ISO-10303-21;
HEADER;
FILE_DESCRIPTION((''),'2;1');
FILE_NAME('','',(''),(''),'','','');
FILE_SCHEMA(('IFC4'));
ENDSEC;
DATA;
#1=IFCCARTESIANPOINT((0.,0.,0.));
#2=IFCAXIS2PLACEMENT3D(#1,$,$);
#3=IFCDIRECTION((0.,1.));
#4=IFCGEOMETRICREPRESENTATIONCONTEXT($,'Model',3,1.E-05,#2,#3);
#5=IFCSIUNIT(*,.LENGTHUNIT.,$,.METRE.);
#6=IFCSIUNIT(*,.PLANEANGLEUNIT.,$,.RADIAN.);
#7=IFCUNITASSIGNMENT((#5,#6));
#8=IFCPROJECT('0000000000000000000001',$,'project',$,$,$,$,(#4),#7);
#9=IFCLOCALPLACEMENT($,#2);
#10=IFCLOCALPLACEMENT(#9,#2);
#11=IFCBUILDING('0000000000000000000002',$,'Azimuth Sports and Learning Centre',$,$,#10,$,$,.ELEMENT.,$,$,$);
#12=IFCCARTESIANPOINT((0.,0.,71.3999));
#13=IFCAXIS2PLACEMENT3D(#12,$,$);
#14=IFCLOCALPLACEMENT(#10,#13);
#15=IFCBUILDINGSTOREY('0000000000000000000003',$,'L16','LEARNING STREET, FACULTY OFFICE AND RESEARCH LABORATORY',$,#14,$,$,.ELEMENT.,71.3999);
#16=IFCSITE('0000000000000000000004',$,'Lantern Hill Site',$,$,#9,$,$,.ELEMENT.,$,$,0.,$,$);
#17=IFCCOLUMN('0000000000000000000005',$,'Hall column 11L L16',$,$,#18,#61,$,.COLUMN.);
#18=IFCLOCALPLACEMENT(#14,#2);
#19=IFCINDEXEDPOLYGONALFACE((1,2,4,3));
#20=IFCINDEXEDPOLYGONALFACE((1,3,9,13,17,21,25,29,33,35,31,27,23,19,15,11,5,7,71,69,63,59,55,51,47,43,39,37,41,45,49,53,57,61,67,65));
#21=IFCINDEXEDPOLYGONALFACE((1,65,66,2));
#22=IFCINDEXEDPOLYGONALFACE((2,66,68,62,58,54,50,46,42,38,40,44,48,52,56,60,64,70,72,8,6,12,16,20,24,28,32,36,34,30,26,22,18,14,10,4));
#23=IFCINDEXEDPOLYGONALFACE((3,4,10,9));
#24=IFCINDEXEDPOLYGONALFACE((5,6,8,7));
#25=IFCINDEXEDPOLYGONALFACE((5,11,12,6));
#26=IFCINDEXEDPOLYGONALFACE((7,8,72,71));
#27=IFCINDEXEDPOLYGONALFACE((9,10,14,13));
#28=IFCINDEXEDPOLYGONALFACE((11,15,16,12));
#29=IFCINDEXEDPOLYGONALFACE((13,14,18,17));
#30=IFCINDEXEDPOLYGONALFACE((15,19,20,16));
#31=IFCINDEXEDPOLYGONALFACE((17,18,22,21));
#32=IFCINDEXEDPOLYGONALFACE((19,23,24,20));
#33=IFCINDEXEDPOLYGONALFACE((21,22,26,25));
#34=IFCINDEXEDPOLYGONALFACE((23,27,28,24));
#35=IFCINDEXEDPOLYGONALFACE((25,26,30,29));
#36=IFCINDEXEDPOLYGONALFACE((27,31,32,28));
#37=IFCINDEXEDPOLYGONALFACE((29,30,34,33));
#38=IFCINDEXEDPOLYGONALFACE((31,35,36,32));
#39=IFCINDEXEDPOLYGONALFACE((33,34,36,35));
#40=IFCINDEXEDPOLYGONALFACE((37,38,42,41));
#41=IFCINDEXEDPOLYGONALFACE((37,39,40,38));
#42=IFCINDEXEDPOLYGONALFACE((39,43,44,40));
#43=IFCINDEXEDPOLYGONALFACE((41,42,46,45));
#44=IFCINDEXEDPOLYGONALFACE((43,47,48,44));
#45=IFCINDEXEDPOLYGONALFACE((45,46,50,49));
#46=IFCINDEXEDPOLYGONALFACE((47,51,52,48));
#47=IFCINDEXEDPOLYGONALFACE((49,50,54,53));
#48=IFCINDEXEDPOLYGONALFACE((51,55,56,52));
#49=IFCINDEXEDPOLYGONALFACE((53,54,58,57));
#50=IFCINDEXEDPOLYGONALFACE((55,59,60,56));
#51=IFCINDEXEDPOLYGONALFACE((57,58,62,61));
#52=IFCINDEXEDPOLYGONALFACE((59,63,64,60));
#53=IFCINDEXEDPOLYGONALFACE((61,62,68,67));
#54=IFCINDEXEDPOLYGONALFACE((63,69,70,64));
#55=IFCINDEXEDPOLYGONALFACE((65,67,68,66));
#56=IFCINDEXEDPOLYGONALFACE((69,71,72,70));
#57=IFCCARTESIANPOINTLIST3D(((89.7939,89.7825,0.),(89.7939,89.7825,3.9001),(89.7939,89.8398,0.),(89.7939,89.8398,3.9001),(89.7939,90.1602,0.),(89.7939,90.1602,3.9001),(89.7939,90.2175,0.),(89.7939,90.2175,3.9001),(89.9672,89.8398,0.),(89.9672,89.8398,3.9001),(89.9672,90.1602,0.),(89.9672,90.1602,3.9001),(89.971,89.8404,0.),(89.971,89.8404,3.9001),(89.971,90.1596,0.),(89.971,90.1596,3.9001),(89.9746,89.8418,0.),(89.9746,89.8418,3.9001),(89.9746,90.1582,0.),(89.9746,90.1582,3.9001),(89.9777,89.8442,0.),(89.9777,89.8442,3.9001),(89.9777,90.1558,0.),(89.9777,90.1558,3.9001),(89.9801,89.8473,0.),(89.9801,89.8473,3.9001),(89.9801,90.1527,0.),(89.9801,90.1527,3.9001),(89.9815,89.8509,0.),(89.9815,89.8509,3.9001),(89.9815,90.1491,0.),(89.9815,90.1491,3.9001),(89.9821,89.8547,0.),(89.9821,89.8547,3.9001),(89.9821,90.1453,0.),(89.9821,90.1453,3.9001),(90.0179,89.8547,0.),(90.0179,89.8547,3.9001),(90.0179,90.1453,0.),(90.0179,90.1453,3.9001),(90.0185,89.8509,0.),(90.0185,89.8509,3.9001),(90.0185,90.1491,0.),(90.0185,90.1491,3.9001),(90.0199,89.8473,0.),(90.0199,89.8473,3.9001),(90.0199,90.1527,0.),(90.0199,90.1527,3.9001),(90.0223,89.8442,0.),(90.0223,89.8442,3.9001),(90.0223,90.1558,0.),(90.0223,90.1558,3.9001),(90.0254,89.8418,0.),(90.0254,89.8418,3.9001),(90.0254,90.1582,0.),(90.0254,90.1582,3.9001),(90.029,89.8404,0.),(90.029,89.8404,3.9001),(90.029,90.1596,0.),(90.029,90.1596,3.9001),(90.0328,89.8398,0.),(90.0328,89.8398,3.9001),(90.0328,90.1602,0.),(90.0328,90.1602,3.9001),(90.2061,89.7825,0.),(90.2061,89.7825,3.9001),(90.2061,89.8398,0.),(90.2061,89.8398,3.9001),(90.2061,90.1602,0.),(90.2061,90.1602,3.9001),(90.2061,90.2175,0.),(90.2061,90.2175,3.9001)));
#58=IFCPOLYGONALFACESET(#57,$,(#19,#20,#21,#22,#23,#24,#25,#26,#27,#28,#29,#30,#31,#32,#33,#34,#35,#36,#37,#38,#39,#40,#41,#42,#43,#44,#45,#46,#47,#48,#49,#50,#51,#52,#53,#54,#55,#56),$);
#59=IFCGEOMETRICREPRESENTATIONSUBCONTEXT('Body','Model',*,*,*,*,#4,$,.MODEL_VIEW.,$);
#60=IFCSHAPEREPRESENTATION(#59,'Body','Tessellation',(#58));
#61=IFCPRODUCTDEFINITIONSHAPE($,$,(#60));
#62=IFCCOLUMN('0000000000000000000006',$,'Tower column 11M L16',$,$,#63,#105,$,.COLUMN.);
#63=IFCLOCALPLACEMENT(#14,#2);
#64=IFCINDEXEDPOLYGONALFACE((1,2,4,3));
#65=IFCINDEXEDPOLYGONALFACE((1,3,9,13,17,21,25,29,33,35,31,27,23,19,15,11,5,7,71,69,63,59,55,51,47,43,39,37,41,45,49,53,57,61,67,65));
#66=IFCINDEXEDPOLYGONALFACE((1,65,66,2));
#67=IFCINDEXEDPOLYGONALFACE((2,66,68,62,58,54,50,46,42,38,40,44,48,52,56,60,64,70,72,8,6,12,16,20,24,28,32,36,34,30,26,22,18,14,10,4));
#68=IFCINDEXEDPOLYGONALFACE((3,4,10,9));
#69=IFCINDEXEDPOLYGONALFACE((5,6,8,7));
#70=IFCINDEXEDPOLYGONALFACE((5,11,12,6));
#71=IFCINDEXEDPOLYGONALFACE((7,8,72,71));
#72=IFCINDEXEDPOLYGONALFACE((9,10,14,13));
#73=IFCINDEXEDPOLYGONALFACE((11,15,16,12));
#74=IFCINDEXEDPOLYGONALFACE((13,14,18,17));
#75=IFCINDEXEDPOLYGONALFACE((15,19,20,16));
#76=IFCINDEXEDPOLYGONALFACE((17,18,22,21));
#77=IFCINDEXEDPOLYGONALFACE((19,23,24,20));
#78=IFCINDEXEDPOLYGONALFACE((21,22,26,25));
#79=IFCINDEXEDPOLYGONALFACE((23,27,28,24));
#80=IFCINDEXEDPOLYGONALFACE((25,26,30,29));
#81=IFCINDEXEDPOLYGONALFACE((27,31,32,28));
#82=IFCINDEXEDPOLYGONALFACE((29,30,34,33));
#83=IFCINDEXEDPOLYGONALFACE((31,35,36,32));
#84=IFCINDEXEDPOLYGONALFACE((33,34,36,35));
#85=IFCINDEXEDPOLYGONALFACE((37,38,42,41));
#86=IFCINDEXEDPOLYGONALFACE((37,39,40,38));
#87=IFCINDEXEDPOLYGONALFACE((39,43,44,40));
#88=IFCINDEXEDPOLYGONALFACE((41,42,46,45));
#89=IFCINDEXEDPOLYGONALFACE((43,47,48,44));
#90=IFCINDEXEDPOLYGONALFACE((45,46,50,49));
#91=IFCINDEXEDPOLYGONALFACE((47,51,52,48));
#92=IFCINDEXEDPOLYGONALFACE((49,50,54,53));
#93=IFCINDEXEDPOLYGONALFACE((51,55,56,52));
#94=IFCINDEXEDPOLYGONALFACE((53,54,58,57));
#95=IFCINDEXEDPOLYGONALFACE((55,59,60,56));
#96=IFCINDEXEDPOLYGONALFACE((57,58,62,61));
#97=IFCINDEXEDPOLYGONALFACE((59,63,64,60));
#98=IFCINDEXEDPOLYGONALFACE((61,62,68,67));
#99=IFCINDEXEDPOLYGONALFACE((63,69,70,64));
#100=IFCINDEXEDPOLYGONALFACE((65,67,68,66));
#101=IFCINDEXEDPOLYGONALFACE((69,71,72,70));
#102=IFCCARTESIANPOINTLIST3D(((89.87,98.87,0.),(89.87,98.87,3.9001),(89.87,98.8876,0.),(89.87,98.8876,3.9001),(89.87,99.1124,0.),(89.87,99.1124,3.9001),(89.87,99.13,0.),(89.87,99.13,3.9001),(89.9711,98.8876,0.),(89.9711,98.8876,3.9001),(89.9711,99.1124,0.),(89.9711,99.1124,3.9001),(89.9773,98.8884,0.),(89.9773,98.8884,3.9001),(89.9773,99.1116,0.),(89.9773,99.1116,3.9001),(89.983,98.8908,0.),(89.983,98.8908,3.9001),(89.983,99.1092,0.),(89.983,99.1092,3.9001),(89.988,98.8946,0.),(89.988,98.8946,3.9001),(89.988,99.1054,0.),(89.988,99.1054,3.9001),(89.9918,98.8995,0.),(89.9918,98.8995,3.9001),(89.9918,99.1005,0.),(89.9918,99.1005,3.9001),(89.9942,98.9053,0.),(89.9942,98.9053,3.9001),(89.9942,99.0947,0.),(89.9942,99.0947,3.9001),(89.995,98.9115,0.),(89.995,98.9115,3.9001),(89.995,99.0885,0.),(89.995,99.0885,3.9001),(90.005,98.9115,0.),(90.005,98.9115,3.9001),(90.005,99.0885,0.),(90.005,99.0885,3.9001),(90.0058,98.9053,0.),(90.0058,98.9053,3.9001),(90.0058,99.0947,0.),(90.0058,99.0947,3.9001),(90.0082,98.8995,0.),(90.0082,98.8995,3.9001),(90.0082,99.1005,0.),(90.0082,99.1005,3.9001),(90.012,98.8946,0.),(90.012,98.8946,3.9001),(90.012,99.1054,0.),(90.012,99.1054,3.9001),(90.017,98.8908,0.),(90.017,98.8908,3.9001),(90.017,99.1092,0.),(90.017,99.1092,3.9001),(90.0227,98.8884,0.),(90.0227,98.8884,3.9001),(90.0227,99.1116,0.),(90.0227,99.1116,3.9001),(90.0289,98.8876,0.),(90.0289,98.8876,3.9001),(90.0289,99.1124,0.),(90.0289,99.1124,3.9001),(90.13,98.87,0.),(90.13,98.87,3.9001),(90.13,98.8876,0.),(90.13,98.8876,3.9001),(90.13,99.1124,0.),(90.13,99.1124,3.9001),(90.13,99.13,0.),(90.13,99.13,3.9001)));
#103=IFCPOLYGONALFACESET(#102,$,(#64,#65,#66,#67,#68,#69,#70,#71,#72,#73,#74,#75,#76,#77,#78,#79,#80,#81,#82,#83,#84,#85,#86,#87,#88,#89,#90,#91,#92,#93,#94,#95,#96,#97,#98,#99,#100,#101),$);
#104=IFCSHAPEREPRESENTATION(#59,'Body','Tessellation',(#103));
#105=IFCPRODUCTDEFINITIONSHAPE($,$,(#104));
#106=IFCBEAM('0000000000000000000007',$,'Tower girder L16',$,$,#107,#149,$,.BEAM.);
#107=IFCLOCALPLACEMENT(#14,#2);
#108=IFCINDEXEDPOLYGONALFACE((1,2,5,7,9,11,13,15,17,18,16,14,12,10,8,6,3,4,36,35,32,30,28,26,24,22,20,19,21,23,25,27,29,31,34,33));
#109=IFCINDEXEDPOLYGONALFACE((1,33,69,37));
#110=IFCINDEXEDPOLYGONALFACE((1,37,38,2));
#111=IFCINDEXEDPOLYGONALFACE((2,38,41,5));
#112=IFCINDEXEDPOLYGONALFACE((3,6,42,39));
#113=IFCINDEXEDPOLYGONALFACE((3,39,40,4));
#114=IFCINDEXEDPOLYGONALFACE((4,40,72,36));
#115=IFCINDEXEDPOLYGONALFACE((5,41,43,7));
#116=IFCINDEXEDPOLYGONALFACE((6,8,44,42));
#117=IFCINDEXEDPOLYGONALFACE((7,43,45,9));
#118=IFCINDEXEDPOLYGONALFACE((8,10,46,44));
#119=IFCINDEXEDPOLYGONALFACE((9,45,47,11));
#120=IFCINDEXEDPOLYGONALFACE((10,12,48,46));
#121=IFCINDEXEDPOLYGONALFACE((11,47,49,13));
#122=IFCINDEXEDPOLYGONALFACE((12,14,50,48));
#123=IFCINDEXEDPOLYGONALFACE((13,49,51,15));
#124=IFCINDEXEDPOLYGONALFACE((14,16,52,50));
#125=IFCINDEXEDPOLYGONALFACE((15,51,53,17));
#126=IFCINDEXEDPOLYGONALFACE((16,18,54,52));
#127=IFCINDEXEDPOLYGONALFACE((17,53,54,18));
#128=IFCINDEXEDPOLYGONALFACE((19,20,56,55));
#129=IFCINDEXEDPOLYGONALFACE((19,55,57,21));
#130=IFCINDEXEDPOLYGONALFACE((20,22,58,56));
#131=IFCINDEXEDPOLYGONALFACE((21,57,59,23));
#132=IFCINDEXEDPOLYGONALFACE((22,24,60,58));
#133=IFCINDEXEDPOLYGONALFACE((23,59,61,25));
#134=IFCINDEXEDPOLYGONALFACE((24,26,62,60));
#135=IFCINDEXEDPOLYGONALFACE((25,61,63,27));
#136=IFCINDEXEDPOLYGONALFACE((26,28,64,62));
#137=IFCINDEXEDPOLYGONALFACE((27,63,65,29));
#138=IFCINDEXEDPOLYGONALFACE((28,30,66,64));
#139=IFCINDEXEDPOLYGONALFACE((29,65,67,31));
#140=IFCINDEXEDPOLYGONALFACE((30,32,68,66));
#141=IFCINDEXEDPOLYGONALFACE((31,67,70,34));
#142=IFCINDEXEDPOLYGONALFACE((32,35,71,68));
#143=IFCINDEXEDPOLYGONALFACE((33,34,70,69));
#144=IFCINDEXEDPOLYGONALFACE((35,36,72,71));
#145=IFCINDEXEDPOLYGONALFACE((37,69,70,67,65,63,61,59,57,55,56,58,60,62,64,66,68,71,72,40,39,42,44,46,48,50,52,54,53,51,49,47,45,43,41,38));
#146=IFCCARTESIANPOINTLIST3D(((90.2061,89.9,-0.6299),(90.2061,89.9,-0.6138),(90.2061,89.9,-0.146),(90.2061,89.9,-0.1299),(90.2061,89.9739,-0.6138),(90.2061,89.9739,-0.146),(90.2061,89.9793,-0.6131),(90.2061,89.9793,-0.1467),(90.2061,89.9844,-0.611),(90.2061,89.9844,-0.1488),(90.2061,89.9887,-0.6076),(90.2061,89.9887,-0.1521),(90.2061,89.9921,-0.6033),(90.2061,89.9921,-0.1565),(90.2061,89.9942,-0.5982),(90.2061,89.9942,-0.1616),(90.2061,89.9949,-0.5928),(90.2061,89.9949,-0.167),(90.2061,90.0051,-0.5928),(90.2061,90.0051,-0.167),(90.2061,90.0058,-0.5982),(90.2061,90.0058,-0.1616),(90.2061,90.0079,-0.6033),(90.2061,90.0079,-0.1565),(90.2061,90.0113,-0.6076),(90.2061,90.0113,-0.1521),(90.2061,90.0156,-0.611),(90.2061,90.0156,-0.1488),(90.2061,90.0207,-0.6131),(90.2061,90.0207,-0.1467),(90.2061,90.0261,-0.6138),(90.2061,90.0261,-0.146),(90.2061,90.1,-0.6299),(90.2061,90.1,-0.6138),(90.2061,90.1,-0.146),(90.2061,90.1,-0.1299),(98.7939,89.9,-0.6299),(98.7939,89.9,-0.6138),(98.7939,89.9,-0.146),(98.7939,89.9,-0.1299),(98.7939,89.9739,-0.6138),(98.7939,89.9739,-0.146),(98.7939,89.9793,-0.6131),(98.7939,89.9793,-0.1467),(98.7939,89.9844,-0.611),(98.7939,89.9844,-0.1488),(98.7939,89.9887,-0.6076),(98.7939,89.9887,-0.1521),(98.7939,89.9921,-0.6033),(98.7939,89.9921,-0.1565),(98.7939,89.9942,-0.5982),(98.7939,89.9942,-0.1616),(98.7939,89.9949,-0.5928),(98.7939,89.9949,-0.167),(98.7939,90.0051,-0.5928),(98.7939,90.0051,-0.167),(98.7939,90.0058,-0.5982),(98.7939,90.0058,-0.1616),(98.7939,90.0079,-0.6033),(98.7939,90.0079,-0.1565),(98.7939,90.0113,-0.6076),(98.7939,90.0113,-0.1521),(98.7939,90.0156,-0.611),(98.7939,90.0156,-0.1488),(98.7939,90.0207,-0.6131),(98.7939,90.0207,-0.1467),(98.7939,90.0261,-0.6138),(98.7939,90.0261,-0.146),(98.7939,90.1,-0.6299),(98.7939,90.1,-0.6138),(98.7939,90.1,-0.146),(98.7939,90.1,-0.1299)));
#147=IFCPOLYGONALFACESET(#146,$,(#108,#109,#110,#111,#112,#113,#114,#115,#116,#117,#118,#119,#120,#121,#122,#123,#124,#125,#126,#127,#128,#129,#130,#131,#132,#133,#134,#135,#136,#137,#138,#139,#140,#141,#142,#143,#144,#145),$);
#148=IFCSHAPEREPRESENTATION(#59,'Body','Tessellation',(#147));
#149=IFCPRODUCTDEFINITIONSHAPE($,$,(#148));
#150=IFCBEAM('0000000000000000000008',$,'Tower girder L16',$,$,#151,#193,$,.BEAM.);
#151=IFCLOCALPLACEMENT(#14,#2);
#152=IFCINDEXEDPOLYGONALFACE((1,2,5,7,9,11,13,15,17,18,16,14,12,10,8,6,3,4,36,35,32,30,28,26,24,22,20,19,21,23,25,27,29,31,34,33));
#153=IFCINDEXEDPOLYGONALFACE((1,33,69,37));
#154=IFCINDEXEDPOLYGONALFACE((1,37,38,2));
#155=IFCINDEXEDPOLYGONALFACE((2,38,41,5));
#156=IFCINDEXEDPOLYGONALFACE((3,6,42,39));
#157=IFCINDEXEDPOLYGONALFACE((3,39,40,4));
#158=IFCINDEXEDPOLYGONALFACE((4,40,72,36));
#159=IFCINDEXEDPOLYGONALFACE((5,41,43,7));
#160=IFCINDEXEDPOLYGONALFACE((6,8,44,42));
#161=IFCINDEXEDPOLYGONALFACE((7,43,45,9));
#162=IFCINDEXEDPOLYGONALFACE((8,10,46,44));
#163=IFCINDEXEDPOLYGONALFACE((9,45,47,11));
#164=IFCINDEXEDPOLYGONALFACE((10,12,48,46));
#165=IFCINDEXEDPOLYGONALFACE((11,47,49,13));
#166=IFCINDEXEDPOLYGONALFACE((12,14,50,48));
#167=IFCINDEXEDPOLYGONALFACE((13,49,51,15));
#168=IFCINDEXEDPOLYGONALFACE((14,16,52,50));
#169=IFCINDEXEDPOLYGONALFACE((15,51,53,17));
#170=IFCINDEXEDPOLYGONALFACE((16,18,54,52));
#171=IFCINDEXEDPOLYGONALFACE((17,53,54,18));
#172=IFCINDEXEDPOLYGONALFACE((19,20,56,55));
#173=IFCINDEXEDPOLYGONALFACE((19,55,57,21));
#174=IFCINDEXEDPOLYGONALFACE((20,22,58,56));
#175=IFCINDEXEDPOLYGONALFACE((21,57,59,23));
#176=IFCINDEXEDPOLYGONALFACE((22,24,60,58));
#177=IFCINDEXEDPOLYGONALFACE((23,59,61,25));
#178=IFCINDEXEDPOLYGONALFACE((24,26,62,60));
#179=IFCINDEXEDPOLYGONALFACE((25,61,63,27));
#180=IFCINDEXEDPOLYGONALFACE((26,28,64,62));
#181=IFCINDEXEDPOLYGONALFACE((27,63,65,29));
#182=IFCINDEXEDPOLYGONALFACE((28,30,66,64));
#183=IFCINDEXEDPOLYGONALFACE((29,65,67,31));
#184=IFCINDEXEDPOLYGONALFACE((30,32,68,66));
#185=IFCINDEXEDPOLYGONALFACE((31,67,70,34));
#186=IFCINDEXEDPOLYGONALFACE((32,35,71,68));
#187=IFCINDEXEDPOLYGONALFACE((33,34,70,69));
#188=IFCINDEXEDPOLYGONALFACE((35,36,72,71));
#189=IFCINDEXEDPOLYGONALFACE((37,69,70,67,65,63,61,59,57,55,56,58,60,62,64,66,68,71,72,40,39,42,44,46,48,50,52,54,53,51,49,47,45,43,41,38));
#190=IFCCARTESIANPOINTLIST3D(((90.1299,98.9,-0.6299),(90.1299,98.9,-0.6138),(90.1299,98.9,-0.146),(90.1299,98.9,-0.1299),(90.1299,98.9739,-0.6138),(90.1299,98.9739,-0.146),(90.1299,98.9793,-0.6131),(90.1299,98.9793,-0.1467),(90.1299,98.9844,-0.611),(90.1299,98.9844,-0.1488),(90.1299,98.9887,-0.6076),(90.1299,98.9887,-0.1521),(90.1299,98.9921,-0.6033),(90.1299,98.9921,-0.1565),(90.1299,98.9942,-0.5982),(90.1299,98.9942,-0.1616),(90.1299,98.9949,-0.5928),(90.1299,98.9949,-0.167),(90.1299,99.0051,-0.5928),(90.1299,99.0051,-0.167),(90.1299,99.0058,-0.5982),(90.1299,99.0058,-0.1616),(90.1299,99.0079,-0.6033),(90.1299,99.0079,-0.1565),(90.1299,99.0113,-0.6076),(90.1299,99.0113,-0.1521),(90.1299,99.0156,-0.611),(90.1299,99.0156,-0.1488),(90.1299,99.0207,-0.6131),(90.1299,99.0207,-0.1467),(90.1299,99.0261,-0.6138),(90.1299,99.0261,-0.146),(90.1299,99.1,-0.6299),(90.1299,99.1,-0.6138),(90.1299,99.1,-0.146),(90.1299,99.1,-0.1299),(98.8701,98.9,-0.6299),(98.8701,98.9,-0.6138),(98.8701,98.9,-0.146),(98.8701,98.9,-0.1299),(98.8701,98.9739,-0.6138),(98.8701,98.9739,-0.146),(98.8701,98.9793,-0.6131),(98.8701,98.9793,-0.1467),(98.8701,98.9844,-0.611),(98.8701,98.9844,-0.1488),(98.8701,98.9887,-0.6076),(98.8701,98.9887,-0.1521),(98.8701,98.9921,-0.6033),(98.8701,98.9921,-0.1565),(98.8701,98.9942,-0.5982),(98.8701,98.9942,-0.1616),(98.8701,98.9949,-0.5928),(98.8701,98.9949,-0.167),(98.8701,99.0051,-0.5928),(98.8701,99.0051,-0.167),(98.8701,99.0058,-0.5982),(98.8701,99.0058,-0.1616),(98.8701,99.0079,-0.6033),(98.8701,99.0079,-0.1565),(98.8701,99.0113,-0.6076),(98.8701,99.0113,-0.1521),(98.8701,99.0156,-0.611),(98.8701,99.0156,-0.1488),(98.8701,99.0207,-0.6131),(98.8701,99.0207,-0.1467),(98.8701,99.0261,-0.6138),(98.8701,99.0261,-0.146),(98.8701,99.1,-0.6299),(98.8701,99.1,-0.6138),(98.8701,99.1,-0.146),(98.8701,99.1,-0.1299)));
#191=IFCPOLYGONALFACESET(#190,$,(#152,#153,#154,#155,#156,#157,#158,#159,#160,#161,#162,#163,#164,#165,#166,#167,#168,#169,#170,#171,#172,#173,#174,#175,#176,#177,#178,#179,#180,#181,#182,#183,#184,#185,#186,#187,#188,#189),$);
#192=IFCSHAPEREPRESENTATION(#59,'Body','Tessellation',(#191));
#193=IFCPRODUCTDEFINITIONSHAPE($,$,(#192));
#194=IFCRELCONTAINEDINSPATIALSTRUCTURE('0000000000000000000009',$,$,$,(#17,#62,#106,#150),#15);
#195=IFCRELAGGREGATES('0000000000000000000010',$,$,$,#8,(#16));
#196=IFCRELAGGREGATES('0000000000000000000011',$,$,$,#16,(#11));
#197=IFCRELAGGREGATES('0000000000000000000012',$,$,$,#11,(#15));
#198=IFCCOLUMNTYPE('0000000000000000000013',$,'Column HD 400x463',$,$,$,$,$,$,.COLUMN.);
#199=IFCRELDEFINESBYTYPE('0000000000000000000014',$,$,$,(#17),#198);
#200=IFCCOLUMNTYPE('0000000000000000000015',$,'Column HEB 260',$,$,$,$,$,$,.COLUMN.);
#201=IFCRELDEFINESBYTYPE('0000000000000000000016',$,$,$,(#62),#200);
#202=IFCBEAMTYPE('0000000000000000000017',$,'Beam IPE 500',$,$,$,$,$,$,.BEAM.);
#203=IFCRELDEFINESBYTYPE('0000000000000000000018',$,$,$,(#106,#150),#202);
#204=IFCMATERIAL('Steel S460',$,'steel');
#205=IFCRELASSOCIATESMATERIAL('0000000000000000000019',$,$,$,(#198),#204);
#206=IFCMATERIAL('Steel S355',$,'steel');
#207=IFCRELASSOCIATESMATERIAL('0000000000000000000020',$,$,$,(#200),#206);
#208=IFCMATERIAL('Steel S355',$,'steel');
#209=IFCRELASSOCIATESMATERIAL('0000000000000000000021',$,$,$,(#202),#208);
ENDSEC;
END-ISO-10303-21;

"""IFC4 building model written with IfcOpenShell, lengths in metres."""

from ifc_helpers import new_model, si_unit, direction, frame, origin, origin_2d, place, context, subcontext, project, spatial, i_section, extrude, material, material_profile, profile_set, type_object, element, save


model = new_model("IFC4")

# Units and contexts
model_context = context("Model", 3, precision=1e-05, world=origin(), true_north=direction((0.0, 1.0)))
body_context = subcontext(model_context, "Body", "Model", "MODEL_VIEW")
ifc_project = project(units=[si_unit("LENGTHUNIT", "METRE"), si_unit("PLANEANGLEUNIT", "RADIAN")], contexts=[model_context])

# Site, building, storey
site_placement = place(None, origin())
site = spatial("IfcSite", under=ifc_project, at=site_placement, Name="Lantern Hill Site", CompositionType="ELEMENT", RefElevation=0.0)
building_placement = place(site_placement, origin())
building = spatial("IfcBuilding", under=site, at=building_placement, Name="Azimuth Sports and Learning Centre", CompositionType="ELEMENT")
storey_placement = place(building_placement, frame((0.0, 0.0, 71.3999)))
storey = spatial("IfcBuildingStorey", under=building, at=storey_placement, Name="L16", Description="LEARNING STREET, FACULTY OFFICE AND RESEARCH LABORATORY", CompositionType="ELEMENT", Elevation=71.3999)

# Columns
ifc_material_1 = material(Name="Steel S460", Category="steel")
ifc_material_profile_1 = material_profile(ifc_material_1, i_section(OverallWidth=0.4121, OverallDepth=0.4351, WebThickness=0.0359, FlangeThickness=0.0574, FilletRadius=0.0149, at=origin_2d()), Name="HD 400x463")
ifc_profile_set_1 = profile_set([ifc_material_profile_1], Name="Steel S460")
column_type_1 = type_object("IfcColumnType", Name="Column HD 400x463", PredefinedType="COLUMN", material=ifc_profile_set_1)
column_1_placement = place(storey_placement, frame((90.0, 90.0, 0.0), z_axis=(0.0, 0.0, 1.0), x_axis=(1.0, 0.0, 0.0)))
element("IfcColumn", 1, at=column_1_placement, inside=storey, type_object=column_type_1, Name="Hall column 11L L16", PredefinedType="COLUMN", context=body_context, shape_type="SweptSolid", body=[
    extrude(i_section(OverallWidth=0.4121, OverallDepth=0.4351, WebThickness=0.0359, FlangeThickness=0.0574, FilletRadius=0.0149, at=origin_2d()), origin(), (0.0, 0.0, 1.0), 3.9001),
])
ifc_material_2 = material(Name="Steel S355", Category="steel")
ifc_material_profile_2 = material_profile(ifc_material_2, i_section(OverallWidth=0.26, OverallDepth=0.26, WebThickness=0.01, FlangeThickness=0.0176, FilletRadius=0.0239, at=origin_2d()), Name="HEB 260")
ifc_profile_set_2 = profile_set([ifc_material_profile_2], Name="Steel S355")
column_type_2 = type_object("IfcColumnType", Name="Column HEB 260", PredefinedType="COLUMN", material=ifc_profile_set_2)
column_2_placement = place(storey_placement, frame((90.0, 99.0, 0.0), z_axis=(0.0, 0.0, 1.0), x_axis=(1.0, 0.0, 0.0)))
element("IfcColumn", 2, at=column_2_placement, inside=storey, type_object=column_type_2, Name="Tower column 11M L16", PredefinedType="COLUMN", context=body_context, shape_type="SweptSolid", body=[
    extrude(i_section(OverallWidth=0.26, OverallDepth=0.26, WebThickness=0.01, FlangeThickness=0.0176, FilletRadius=0.0239, at=origin_2d()), origin(), (0.0, 0.0, 1.0), 3.9001),
])

# Beams
ifc_material_3 = material(Name="Steel S355", Category="steel")
ifc_material_profile_3 = material_profile(ifc_material_3, i_section(OverallWidth=0.2, OverallDepth=0.5, WebThickness=0.0103, FlangeThickness=0.0161, FilletRadius=0.021, at=origin_2d()), Name="IPE 500")
ifc_profile_set_3 = profile_set([ifc_material_profile_3], Name="Steel S355")
beam_type_1 = type_object("IfcBeamType", Name="Beam IPE 500", PredefinedType="BEAM", material=ifc_profile_set_3)
beam_1_placement = place(storey_placement, frame((90.2061, 90.0, -0.3799), z_axis=(1.0, 0.0, 0.0), x_axis=(0.0, 1.0, 0.0)))
element("IfcBeam", 3, at=beam_1_placement, inside=storey, type_object=beam_type_1, Name="Tower girder L16", PredefinedType="BEAM", context=body_context, shape_type="SweptSolid", body=[
    extrude(i_section(OverallWidth=0.2, OverallDepth=0.5, WebThickness=0.0103, FlangeThickness=0.0161, FilletRadius=0.021, at=origin_2d()), origin(), (0.0, 0.0, 1.0), 8.5879),
])
beam_2_placement = place(storey_placement, frame((90.1299, 99.0, -0.3799), z_axis=(1.0, 0.0, 0.0), x_axis=(0.0, 1.0, 0.0)))
element("IfcBeam", 4, at=beam_2_placement, inside=storey, type_object=beam_type_1, Name="Tower girder L16", PredefinedType="BEAM", context=body_context, shape_type="SweptSolid", body=[
    extrude(i_section(OverallWidth=0.2, OverallDepth=0.5, WebThickness=0.0103, FlangeThickness=0.0161, FilletRadius=0.021, at=origin_2d()), origin(), (0.0, 0.0, 1.0), 8.7402),
])

save(model, "model.ifc")
